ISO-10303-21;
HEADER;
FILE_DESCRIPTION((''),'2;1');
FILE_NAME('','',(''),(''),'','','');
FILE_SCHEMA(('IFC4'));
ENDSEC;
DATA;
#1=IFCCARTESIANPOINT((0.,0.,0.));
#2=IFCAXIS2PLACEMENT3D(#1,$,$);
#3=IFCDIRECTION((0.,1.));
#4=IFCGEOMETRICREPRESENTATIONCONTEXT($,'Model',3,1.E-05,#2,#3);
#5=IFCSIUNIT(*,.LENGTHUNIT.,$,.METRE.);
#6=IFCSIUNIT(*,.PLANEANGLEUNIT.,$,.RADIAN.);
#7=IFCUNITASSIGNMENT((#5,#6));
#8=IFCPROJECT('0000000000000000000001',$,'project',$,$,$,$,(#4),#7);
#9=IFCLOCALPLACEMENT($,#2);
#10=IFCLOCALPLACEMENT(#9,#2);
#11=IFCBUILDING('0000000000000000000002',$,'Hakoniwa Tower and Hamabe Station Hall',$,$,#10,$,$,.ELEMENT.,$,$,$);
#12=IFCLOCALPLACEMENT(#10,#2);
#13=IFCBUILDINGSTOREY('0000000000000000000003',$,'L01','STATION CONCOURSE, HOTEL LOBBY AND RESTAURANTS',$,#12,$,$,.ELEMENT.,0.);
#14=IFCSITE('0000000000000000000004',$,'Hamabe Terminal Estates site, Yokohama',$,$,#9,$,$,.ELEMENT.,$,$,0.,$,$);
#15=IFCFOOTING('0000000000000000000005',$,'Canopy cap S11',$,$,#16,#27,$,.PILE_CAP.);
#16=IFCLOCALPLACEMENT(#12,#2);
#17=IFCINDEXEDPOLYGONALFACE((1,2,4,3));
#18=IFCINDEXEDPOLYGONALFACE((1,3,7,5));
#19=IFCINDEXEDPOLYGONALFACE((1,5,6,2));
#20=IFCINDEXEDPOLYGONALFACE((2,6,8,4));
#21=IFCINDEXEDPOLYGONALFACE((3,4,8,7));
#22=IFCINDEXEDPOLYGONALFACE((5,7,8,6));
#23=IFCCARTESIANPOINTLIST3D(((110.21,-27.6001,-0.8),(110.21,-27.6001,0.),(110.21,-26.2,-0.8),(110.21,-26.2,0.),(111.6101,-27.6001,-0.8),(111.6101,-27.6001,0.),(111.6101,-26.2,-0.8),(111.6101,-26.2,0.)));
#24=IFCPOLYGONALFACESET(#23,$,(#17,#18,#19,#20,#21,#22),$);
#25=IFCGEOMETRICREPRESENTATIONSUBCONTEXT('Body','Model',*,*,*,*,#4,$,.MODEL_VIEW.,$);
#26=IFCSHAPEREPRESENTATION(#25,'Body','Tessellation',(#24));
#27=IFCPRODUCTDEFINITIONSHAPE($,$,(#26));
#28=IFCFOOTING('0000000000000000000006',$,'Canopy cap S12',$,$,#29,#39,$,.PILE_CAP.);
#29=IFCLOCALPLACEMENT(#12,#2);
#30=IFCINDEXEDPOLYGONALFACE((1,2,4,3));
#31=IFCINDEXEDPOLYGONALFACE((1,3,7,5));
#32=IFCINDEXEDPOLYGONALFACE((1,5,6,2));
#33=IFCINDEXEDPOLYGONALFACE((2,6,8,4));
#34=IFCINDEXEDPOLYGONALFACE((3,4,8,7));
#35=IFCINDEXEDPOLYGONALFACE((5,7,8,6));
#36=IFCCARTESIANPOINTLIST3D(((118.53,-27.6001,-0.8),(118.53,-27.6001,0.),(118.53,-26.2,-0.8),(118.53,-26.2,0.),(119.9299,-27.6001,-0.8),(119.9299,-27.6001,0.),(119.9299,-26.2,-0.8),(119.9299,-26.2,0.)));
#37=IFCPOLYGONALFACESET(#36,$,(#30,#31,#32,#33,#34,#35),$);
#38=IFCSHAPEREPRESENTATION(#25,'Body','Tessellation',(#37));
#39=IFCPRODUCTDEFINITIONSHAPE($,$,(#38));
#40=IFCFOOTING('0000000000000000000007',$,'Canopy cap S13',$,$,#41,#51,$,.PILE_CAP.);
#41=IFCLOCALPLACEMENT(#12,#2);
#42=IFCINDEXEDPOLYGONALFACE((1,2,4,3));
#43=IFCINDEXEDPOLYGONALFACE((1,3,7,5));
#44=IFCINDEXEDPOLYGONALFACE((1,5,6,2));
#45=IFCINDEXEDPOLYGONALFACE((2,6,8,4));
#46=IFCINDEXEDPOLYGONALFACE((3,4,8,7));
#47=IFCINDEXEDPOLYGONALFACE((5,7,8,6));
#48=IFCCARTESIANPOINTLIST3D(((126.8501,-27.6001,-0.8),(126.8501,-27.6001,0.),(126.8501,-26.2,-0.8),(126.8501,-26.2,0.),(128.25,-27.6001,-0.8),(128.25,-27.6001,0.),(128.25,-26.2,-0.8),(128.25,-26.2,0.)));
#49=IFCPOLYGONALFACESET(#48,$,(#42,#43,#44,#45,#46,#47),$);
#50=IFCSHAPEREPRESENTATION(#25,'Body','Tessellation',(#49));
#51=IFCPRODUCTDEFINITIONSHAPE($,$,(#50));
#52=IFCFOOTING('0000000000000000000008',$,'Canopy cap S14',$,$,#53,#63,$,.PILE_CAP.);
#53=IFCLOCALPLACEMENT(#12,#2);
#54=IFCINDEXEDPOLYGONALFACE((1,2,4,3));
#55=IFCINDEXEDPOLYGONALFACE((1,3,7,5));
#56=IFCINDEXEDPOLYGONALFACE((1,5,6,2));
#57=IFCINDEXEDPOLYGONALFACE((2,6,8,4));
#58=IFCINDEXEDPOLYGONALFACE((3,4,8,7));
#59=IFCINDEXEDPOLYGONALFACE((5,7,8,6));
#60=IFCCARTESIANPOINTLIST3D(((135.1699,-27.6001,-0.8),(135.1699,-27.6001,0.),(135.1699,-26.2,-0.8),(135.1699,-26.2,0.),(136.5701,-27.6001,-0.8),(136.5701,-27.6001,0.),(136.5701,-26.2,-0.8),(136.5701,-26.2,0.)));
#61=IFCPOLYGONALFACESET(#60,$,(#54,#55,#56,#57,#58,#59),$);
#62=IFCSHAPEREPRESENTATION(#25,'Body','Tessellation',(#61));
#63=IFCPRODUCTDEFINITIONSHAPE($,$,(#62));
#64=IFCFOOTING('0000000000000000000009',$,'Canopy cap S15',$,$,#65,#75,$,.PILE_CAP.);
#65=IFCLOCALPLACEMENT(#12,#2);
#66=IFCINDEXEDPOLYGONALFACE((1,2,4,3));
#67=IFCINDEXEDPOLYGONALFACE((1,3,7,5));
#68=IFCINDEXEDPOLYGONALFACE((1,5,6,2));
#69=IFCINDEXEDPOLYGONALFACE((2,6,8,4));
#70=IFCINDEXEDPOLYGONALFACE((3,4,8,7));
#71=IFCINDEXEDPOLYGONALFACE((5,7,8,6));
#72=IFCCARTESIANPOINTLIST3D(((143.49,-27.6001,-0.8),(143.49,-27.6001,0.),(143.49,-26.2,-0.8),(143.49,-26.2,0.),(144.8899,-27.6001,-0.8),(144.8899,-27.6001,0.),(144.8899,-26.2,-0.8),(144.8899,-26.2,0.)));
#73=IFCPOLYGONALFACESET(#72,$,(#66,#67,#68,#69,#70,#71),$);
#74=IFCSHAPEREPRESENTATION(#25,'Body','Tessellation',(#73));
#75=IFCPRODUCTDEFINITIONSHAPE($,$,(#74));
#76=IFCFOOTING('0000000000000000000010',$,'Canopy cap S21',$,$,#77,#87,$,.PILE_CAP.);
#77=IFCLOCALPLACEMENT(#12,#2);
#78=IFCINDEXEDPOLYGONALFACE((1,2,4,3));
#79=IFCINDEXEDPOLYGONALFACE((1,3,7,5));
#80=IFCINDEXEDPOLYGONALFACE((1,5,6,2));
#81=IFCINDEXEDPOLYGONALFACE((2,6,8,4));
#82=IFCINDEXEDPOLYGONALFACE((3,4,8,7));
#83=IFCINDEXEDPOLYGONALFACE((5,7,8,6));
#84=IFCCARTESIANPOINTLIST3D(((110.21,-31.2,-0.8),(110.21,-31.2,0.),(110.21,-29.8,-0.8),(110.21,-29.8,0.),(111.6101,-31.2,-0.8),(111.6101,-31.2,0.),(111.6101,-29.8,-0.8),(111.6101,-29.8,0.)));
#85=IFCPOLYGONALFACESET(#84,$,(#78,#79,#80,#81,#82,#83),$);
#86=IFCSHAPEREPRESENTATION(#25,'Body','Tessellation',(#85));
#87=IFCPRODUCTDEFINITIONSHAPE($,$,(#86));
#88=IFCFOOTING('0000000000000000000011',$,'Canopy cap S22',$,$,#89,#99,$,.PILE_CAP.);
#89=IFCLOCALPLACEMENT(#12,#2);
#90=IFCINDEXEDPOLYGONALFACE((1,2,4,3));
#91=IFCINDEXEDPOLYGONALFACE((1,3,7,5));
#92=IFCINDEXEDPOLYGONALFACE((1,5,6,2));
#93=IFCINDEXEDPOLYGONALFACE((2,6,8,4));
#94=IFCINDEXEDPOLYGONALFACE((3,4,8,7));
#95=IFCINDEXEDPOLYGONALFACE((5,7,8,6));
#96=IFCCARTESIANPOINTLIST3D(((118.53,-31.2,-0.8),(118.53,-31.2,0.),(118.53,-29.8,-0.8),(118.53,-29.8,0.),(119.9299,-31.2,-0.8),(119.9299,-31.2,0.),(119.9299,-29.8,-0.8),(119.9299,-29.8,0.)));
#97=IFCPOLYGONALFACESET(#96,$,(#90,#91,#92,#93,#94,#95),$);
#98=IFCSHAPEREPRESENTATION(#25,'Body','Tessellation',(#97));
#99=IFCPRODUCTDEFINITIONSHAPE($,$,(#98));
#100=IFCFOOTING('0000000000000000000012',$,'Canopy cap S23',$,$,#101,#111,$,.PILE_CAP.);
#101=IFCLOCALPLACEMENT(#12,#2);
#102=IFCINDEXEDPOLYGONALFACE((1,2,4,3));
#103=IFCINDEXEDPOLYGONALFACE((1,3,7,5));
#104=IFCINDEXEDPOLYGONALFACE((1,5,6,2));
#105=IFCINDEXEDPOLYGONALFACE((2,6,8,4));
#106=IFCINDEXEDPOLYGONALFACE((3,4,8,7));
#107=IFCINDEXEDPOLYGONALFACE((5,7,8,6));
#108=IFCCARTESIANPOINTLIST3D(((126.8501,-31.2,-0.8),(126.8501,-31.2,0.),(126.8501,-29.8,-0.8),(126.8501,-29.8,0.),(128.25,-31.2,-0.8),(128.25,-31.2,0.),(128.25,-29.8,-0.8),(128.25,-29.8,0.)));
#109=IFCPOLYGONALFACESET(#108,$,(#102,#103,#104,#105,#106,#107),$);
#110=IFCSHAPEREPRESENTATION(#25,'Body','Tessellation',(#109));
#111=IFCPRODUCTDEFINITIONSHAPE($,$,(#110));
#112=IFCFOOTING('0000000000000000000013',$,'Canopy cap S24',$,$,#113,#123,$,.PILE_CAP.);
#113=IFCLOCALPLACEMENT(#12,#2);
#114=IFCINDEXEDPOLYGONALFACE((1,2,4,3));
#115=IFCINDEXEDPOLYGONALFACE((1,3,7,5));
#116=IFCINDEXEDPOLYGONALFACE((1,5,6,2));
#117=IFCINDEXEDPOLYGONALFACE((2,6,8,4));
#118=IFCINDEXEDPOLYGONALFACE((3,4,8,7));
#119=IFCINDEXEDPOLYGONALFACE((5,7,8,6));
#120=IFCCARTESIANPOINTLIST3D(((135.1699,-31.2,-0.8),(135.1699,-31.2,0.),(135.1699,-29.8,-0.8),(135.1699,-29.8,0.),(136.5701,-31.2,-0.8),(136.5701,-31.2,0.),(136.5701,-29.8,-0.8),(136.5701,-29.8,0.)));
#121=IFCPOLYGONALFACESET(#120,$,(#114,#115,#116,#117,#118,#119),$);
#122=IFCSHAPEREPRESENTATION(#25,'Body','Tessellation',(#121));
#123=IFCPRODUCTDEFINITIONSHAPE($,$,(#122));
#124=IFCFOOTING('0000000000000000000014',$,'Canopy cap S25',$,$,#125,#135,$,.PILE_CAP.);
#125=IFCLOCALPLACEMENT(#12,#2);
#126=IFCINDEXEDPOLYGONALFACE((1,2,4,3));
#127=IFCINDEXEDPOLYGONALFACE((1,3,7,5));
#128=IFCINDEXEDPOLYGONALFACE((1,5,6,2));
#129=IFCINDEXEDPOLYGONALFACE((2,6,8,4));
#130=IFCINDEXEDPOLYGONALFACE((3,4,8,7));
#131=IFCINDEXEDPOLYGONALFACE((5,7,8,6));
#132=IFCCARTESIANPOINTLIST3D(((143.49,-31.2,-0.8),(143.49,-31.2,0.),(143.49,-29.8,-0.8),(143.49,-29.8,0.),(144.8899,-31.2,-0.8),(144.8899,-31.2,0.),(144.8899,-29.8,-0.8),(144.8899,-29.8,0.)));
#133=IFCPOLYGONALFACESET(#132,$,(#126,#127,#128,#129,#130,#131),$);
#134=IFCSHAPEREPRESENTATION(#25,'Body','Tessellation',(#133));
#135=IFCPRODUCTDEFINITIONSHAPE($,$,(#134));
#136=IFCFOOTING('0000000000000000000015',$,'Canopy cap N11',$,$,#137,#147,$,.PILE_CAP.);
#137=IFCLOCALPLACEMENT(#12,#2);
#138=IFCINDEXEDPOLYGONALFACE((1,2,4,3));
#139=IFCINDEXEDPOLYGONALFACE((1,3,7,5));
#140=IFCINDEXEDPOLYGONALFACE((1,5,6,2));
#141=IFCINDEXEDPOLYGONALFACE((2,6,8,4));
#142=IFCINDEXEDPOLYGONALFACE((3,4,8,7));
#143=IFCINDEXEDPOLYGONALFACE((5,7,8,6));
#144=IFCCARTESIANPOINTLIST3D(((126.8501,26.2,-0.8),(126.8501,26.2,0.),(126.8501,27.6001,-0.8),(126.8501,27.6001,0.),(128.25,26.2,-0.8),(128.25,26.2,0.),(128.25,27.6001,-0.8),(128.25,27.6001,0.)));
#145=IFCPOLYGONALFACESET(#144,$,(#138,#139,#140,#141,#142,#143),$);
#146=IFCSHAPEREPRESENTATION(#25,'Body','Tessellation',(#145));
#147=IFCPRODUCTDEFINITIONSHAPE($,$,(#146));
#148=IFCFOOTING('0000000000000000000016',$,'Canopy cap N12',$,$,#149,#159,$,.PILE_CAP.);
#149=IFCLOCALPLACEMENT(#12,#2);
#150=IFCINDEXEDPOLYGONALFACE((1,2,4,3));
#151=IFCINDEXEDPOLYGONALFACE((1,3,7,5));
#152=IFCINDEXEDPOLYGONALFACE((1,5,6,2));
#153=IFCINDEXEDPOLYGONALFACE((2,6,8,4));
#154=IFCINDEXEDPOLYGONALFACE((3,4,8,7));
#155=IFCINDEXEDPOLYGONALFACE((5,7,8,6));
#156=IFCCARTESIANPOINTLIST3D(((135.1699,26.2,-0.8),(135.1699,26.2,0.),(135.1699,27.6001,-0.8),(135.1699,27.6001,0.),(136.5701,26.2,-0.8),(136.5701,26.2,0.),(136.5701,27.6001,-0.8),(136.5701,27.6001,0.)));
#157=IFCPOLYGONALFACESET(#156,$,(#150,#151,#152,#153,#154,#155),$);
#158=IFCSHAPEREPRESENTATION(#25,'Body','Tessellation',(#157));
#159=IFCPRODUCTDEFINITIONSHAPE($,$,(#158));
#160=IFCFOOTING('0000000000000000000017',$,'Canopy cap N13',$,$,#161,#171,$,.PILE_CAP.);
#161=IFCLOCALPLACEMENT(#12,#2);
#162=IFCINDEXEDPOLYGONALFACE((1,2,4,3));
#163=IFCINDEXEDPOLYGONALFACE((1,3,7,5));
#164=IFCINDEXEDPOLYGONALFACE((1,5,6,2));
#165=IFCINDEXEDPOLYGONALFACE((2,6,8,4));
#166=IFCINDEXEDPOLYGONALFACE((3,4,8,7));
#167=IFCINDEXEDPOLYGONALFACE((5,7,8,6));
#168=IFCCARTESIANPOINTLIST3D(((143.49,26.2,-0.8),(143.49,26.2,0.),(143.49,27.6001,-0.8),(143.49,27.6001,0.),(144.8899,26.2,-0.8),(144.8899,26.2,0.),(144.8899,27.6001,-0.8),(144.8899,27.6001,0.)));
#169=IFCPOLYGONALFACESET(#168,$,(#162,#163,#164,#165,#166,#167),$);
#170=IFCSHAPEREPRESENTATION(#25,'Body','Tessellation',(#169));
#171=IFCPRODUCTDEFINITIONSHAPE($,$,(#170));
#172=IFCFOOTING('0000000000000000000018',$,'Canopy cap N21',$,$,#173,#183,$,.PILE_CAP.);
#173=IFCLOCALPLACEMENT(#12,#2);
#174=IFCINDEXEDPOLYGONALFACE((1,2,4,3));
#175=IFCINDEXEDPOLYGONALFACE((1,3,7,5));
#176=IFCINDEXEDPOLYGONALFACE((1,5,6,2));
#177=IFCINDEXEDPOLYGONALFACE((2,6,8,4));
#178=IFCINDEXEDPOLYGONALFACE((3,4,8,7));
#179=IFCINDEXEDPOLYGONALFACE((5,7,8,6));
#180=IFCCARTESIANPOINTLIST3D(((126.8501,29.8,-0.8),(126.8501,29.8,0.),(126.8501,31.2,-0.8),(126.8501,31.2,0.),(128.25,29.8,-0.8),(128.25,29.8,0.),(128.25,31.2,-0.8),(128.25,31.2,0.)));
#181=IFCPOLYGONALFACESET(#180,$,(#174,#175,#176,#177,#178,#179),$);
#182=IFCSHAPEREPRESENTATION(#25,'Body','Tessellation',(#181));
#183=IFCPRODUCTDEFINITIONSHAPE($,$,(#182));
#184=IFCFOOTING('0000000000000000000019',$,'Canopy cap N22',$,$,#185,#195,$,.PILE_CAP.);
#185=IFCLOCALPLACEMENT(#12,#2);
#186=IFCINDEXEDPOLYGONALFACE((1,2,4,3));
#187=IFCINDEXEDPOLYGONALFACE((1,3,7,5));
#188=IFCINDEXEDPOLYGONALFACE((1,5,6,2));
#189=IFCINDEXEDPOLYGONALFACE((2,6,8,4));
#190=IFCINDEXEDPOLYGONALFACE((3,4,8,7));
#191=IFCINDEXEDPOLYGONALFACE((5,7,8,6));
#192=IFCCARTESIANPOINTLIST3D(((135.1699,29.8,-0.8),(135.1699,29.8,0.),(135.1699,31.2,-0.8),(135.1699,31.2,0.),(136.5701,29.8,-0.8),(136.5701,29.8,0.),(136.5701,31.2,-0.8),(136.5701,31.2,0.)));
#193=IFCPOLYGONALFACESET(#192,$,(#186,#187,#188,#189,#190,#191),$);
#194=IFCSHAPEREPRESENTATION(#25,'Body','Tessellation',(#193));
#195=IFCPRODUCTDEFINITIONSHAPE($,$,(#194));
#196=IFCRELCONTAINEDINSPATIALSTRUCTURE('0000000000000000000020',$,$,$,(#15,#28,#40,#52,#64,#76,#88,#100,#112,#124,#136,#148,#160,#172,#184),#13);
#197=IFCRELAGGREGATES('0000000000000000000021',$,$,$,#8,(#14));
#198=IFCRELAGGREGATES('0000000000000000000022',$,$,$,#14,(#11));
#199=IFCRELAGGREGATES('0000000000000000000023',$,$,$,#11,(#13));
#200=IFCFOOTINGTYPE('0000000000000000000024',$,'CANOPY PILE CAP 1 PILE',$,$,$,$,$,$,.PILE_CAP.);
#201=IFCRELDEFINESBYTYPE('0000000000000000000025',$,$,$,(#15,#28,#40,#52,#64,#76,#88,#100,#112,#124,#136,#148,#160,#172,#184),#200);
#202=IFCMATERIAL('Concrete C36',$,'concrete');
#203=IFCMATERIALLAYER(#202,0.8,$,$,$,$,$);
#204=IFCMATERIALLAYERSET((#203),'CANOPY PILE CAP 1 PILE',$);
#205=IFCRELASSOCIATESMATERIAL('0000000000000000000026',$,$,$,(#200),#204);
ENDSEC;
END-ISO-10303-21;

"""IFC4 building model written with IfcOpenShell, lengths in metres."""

from ifc_helpers import new_model, si_unit, direction, frame, origin, place, context, subcontext, project, spatial, polyline, outline, extrude, material, layer, layer_set, type_object, element, save


model = new_model("IFC4")

# Units and contexts
model_context = context("Model", 3, precision=1e-05, world=origin(), true_north=direction((0.0, 1.0)))
body_context = subcontext(model_context, "Body", "Model", "MODEL_VIEW")
ifc_project = project(units=[si_unit("LENGTHUNIT", "METRE"), si_unit("PLANEANGLEUNIT", "RADIAN")], contexts=[model_context])

# Site, building, storey
site_placement = place(None, origin())
site = spatial("IfcSite", under=ifc_project, at=site_placement, Name="Hamabe Terminal Estates site, Yokohama", CompositionType="ELEMENT", RefElevation=0.0)
building_placement = place(site_placement, origin())
building = spatial("IfcBuilding", under=site, at=building_placement, Name="Hakoniwa Tower and Hamabe Station Hall", CompositionType="ELEMENT")
storey_placement = place(building_placement, origin())
storey = spatial("IfcBuildingStorey", under=building, at=storey_placement, Name="L01", Description="STATION CONCOURSE, HOTEL LOBBY AND RESTAURANTS", CompositionType="ELEMENT", Elevation=0.0)

# Footings
ifc_material_1 = material(Name="Concrete C36", Category="concrete")
ifc_layer_1 = layer(ifc_material_1, 0.8)
ifc_layer_set_1 = layer_set([ifc_layer_1], Name="CANOPY PILE CAP 1 PILE")
footing_type_1 = type_object("IfcFootingType", Name="CANOPY PILE CAP 1 PILE", PredefinedType="PILE_CAP", material=ifc_layer_set_1)
footing_1_placement = place(storey_placement, frame((0.0, 0.0, -0.8)))
element("IfcFooting", 1, at=footing_1_placement, inside=storey, type_object=footing_type_1, Name="Canopy cap S11", PredefinedType="PILE_CAP", context=body_context, shape_type="SweptSolid", body=[
    extrude(outline(polyline([(110.21, -27.6001), (111.6101, -27.6001), (111.6101, -26.2), (110.21, -26.2), (110.21, -27.6001)])), origin(), (0.0, 0.0, 1.0), 0.8),
])
footing_2_placement = place(storey_placement, frame((0.0, 0.0, -0.8)))
element("IfcFooting", 2, at=footing_2_placement, inside=storey, type_object=footing_type_1, Name="Canopy cap S12", PredefinedType="PILE_CAP", context=body_context, shape_type="SweptSolid", body=[
    extrude(outline(polyline([(118.53, -27.6001), (119.9299, -27.6001), (119.9299, -26.2), (118.53, -26.2), (118.53, -27.6001)])), origin(), (0.0, 0.0, 1.0), 0.8),
])
footing_3_placement = place(storey_placement, frame((0.0, 0.0, -0.8)))
element("IfcFooting", 3, at=footing_3_placement, inside=storey, type_object=footing_type_1, Name="Canopy cap S13", PredefinedType="PILE_CAP", context=body_context, shape_type="SweptSolid", body=[
    extrude(outline(polyline([(126.8501, -27.6001), (128.25, -27.6001), (128.25, -26.2), (126.8501, -26.2), (126.8501, -27.6001)])), origin(), (0.0, 0.0, 1.0), 0.8),
])
footing_4_placement = place(storey_placement, frame((0.0, 0.0, -0.8)))
element("IfcFooting", 4, at=footing_4_placement, inside=storey, type_object=footing_type_1, Name="Canopy cap S14", PredefinedType="PILE_CAP", context=body_context, shape_type="SweptSolid", body=[
    extrude(outline(polyline([(135.1699, -27.6001), (136.5701, -27.6001), (136.5701, -26.2), (135.1699, -26.2), (135.1699, -27.6001)])), origin(), (0.0, 0.0, 1.0), 0.8),
])
footing_5_placement = place(storey_placement, frame((0.0, 0.0, -0.8)))
element("IfcFooting", 5, at=footing_5_placement, inside=storey, type_object=footing_type_1, Name="Canopy cap S15", PredefinedType="PILE_CAP", context=body_context, shape_type="SweptSolid", body=[
    extrude(outline(polyline([(143.49, -27.6001), (144.8899, -27.6001), (144.8899, -26.2), (143.49, -26.2), (143.49, -27.6001)])), origin(), (0.0, 0.0, 1.0), 0.8),
])
footing_6_placement = place(storey_placement, frame((0.0, 0.0, -0.8)))
element("IfcFooting", 6, at=footing_6_placement, inside=storey, type_object=footing_type_1, Name="Canopy cap S21", PredefinedType="PILE_CAP", context=body_context, shape_type="SweptSolid", body=[
    extrude(outline(polyline([(110.21, -31.2), (111.6101, -31.2), (111.6101, -29.8), (110.21, -29.8), (110.21, -31.2)])), origin(), (0.0, 0.0, 1.0), 0.8),
])
footing_7_placement = place(storey_placement, frame((0.0, 0.0, -0.8)))
element("IfcFooting", 7, at=footing_7_placement, inside=storey, type_object=footing_type_1, Name="Canopy cap S22", PredefinedType="PILE_CAP", context=body_context, shape_type="SweptSolid", body=[
    extrude(outline(polyline([(118.53, -31.2), (119.9299, -31.2), (119.9299, -29.8), (118.53, -29.8), (118.53, -31.2)])), origin(), (0.0, 0.0, 1.0), 0.8),
])
footing_8_placement = place(storey_placement, frame((0.0, 0.0, -0.8)))
element("IfcFooting", 8, at=footing_8_placement, inside=storey, type_object=footing_type_1, Name="Canopy cap S23", PredefinedType="PILE_CAP", context=body_context, shape_type="SweptSolid", body=[
    extrude(outline(polyline([(126.8501, -31.2), (128.25, -31.2), (128.25, -29.8), (126.8501, -29.8), (126.8501, -31.2)])), origin(), (0.0, 0.0, 1.0), 0.8),
])
footing_9_placement = place(storey_placement, frame((0.0, 0.0, -0.8)))
element("IfcFooting", 9, at=footing_9_placement, inside=storey, type_object=footing_type_1, Name="Canopy cap S24", PredefinedType="PILE_CAP", context=body_context, shape_type="SweptSolid", body=[
    extrude(outline(polyline([(135.1699, -31.2), (136.5701, -31.2), (136.5701, -29.8), (135.1699, -29.8), (135.1699, -31.2)])), origin(), (0.0, 0.0, 1.0), 0.8),
])
footing_10_placement = place(storey_placement, frame((0.0, 0.0, -0.8)))
element("IfcFooting", 10, at=footing_10_placement, inside=storey, type_object=footing_type_1, Name="Canopy cap S25", PredefinedType="PILE_CAP", context=body_context, shape_type="SweptSolid", body=[
    extrude(outline(polyline([(143.49, -31.2), (144.8899, -31.2), (144.8899, -29.8), (143.49, -29.8), (143.49, -31.2)])), origin(), (0.0, 0.0, 1.0), 0.8),
])
footing_11_placement = place(storey_placement, frame((0.0, 0.0, -0.8)))
element("IfcFooting", 11, at=footing_11_placement, inside=storey, type_object=footing_type_1, Name="Canopy cap N11", PredefinedType="PILE_CAP", context=body_context, shape_type="SweptSolid", body=[
    extrude(outline(polyline([(126.8501, 26.2), (128.25, 26.2), (128.25, 27.6001), (126.8501, 27.6001), (126.8501, 26.2)])), origin(), (0.0, 0.0, 1.0), 0.8),
])
footing_12_placement = place(storey_placement, frame((0.0, 0.0, -0.8)))
element("IfcFooting", 12, at=footing_12_placement, inside=storey, type_object=footing_type_1, Name="Canopy cap N12", PredefinedType="PILE_CAP", context=body_context, shape_type="SweptSolid", body=[
    extrude(outline(polyline([(135.1699, 26.2), (136.5701, 26.2), (136.5701, 27.6001), (135.1699, 27.6001), (135.1699, 26.2)])), origin(), (0.0, 0.0, 1.0), 0.8),
])
footing_13_placement = place(storey_placement, frame((0.0, 0.0, -0.8)))
element("IfcFooting", 13, at=footing_13_placement, inside=storey, type_object=footing_type_1, Name="Canopy cap N13", PredefinedType="PILE_CAP", context=body_context, shape_type="SweptSolid", body=[
    extrude(outline(polyline([(143.49, 26.2), (144.8899, 26.2), (144.8899, 27.6001), (143.49, 27.6001), (143.49, 26.2)])), origin(), (0.0, 0.0, 1.0), 0.8),
])
footing_14_placement = place(storey_placement, frame((0.0, 0.0, -0.8)))
element("IfcFooting", 14, at=footing_14_placement, inside=storey, type_object=footing_type_1, Name="Canopy cap N21", PredefinedType="PILE_CAP", context=body_context, shape_type="SweptSolid", body=[
    extrude(outline(polyline([(126.8501, 29.8), (128.25, 29.8), (128.25, 31.2), (126.8501, 31.2), (126.8501, 29.8)])), origin(), (0.0, 0.0, 1.0), 0.8),
])
footing_15_placement = place(storey_placement, frame((0.0, 0.0, -0.8)))
element("IfcFooting", 15, at=footing_15_placement, inside=storey, type_object=footing_type_1, Name="Canopy cap N22", PredefinedType="PILE_CAP", context=body_context, shape_type="SweptSolid", body=[
    extrude(outline(polyline([(135.1699, 29.8), (136.5701, 29.8), (136.5701, 31.2), (135.1699, 31.2), (135.1699, 29.8)])), origin(), (0.0, 0.0, 1.0), 0.8),
])

save(model, "model.ifc")
